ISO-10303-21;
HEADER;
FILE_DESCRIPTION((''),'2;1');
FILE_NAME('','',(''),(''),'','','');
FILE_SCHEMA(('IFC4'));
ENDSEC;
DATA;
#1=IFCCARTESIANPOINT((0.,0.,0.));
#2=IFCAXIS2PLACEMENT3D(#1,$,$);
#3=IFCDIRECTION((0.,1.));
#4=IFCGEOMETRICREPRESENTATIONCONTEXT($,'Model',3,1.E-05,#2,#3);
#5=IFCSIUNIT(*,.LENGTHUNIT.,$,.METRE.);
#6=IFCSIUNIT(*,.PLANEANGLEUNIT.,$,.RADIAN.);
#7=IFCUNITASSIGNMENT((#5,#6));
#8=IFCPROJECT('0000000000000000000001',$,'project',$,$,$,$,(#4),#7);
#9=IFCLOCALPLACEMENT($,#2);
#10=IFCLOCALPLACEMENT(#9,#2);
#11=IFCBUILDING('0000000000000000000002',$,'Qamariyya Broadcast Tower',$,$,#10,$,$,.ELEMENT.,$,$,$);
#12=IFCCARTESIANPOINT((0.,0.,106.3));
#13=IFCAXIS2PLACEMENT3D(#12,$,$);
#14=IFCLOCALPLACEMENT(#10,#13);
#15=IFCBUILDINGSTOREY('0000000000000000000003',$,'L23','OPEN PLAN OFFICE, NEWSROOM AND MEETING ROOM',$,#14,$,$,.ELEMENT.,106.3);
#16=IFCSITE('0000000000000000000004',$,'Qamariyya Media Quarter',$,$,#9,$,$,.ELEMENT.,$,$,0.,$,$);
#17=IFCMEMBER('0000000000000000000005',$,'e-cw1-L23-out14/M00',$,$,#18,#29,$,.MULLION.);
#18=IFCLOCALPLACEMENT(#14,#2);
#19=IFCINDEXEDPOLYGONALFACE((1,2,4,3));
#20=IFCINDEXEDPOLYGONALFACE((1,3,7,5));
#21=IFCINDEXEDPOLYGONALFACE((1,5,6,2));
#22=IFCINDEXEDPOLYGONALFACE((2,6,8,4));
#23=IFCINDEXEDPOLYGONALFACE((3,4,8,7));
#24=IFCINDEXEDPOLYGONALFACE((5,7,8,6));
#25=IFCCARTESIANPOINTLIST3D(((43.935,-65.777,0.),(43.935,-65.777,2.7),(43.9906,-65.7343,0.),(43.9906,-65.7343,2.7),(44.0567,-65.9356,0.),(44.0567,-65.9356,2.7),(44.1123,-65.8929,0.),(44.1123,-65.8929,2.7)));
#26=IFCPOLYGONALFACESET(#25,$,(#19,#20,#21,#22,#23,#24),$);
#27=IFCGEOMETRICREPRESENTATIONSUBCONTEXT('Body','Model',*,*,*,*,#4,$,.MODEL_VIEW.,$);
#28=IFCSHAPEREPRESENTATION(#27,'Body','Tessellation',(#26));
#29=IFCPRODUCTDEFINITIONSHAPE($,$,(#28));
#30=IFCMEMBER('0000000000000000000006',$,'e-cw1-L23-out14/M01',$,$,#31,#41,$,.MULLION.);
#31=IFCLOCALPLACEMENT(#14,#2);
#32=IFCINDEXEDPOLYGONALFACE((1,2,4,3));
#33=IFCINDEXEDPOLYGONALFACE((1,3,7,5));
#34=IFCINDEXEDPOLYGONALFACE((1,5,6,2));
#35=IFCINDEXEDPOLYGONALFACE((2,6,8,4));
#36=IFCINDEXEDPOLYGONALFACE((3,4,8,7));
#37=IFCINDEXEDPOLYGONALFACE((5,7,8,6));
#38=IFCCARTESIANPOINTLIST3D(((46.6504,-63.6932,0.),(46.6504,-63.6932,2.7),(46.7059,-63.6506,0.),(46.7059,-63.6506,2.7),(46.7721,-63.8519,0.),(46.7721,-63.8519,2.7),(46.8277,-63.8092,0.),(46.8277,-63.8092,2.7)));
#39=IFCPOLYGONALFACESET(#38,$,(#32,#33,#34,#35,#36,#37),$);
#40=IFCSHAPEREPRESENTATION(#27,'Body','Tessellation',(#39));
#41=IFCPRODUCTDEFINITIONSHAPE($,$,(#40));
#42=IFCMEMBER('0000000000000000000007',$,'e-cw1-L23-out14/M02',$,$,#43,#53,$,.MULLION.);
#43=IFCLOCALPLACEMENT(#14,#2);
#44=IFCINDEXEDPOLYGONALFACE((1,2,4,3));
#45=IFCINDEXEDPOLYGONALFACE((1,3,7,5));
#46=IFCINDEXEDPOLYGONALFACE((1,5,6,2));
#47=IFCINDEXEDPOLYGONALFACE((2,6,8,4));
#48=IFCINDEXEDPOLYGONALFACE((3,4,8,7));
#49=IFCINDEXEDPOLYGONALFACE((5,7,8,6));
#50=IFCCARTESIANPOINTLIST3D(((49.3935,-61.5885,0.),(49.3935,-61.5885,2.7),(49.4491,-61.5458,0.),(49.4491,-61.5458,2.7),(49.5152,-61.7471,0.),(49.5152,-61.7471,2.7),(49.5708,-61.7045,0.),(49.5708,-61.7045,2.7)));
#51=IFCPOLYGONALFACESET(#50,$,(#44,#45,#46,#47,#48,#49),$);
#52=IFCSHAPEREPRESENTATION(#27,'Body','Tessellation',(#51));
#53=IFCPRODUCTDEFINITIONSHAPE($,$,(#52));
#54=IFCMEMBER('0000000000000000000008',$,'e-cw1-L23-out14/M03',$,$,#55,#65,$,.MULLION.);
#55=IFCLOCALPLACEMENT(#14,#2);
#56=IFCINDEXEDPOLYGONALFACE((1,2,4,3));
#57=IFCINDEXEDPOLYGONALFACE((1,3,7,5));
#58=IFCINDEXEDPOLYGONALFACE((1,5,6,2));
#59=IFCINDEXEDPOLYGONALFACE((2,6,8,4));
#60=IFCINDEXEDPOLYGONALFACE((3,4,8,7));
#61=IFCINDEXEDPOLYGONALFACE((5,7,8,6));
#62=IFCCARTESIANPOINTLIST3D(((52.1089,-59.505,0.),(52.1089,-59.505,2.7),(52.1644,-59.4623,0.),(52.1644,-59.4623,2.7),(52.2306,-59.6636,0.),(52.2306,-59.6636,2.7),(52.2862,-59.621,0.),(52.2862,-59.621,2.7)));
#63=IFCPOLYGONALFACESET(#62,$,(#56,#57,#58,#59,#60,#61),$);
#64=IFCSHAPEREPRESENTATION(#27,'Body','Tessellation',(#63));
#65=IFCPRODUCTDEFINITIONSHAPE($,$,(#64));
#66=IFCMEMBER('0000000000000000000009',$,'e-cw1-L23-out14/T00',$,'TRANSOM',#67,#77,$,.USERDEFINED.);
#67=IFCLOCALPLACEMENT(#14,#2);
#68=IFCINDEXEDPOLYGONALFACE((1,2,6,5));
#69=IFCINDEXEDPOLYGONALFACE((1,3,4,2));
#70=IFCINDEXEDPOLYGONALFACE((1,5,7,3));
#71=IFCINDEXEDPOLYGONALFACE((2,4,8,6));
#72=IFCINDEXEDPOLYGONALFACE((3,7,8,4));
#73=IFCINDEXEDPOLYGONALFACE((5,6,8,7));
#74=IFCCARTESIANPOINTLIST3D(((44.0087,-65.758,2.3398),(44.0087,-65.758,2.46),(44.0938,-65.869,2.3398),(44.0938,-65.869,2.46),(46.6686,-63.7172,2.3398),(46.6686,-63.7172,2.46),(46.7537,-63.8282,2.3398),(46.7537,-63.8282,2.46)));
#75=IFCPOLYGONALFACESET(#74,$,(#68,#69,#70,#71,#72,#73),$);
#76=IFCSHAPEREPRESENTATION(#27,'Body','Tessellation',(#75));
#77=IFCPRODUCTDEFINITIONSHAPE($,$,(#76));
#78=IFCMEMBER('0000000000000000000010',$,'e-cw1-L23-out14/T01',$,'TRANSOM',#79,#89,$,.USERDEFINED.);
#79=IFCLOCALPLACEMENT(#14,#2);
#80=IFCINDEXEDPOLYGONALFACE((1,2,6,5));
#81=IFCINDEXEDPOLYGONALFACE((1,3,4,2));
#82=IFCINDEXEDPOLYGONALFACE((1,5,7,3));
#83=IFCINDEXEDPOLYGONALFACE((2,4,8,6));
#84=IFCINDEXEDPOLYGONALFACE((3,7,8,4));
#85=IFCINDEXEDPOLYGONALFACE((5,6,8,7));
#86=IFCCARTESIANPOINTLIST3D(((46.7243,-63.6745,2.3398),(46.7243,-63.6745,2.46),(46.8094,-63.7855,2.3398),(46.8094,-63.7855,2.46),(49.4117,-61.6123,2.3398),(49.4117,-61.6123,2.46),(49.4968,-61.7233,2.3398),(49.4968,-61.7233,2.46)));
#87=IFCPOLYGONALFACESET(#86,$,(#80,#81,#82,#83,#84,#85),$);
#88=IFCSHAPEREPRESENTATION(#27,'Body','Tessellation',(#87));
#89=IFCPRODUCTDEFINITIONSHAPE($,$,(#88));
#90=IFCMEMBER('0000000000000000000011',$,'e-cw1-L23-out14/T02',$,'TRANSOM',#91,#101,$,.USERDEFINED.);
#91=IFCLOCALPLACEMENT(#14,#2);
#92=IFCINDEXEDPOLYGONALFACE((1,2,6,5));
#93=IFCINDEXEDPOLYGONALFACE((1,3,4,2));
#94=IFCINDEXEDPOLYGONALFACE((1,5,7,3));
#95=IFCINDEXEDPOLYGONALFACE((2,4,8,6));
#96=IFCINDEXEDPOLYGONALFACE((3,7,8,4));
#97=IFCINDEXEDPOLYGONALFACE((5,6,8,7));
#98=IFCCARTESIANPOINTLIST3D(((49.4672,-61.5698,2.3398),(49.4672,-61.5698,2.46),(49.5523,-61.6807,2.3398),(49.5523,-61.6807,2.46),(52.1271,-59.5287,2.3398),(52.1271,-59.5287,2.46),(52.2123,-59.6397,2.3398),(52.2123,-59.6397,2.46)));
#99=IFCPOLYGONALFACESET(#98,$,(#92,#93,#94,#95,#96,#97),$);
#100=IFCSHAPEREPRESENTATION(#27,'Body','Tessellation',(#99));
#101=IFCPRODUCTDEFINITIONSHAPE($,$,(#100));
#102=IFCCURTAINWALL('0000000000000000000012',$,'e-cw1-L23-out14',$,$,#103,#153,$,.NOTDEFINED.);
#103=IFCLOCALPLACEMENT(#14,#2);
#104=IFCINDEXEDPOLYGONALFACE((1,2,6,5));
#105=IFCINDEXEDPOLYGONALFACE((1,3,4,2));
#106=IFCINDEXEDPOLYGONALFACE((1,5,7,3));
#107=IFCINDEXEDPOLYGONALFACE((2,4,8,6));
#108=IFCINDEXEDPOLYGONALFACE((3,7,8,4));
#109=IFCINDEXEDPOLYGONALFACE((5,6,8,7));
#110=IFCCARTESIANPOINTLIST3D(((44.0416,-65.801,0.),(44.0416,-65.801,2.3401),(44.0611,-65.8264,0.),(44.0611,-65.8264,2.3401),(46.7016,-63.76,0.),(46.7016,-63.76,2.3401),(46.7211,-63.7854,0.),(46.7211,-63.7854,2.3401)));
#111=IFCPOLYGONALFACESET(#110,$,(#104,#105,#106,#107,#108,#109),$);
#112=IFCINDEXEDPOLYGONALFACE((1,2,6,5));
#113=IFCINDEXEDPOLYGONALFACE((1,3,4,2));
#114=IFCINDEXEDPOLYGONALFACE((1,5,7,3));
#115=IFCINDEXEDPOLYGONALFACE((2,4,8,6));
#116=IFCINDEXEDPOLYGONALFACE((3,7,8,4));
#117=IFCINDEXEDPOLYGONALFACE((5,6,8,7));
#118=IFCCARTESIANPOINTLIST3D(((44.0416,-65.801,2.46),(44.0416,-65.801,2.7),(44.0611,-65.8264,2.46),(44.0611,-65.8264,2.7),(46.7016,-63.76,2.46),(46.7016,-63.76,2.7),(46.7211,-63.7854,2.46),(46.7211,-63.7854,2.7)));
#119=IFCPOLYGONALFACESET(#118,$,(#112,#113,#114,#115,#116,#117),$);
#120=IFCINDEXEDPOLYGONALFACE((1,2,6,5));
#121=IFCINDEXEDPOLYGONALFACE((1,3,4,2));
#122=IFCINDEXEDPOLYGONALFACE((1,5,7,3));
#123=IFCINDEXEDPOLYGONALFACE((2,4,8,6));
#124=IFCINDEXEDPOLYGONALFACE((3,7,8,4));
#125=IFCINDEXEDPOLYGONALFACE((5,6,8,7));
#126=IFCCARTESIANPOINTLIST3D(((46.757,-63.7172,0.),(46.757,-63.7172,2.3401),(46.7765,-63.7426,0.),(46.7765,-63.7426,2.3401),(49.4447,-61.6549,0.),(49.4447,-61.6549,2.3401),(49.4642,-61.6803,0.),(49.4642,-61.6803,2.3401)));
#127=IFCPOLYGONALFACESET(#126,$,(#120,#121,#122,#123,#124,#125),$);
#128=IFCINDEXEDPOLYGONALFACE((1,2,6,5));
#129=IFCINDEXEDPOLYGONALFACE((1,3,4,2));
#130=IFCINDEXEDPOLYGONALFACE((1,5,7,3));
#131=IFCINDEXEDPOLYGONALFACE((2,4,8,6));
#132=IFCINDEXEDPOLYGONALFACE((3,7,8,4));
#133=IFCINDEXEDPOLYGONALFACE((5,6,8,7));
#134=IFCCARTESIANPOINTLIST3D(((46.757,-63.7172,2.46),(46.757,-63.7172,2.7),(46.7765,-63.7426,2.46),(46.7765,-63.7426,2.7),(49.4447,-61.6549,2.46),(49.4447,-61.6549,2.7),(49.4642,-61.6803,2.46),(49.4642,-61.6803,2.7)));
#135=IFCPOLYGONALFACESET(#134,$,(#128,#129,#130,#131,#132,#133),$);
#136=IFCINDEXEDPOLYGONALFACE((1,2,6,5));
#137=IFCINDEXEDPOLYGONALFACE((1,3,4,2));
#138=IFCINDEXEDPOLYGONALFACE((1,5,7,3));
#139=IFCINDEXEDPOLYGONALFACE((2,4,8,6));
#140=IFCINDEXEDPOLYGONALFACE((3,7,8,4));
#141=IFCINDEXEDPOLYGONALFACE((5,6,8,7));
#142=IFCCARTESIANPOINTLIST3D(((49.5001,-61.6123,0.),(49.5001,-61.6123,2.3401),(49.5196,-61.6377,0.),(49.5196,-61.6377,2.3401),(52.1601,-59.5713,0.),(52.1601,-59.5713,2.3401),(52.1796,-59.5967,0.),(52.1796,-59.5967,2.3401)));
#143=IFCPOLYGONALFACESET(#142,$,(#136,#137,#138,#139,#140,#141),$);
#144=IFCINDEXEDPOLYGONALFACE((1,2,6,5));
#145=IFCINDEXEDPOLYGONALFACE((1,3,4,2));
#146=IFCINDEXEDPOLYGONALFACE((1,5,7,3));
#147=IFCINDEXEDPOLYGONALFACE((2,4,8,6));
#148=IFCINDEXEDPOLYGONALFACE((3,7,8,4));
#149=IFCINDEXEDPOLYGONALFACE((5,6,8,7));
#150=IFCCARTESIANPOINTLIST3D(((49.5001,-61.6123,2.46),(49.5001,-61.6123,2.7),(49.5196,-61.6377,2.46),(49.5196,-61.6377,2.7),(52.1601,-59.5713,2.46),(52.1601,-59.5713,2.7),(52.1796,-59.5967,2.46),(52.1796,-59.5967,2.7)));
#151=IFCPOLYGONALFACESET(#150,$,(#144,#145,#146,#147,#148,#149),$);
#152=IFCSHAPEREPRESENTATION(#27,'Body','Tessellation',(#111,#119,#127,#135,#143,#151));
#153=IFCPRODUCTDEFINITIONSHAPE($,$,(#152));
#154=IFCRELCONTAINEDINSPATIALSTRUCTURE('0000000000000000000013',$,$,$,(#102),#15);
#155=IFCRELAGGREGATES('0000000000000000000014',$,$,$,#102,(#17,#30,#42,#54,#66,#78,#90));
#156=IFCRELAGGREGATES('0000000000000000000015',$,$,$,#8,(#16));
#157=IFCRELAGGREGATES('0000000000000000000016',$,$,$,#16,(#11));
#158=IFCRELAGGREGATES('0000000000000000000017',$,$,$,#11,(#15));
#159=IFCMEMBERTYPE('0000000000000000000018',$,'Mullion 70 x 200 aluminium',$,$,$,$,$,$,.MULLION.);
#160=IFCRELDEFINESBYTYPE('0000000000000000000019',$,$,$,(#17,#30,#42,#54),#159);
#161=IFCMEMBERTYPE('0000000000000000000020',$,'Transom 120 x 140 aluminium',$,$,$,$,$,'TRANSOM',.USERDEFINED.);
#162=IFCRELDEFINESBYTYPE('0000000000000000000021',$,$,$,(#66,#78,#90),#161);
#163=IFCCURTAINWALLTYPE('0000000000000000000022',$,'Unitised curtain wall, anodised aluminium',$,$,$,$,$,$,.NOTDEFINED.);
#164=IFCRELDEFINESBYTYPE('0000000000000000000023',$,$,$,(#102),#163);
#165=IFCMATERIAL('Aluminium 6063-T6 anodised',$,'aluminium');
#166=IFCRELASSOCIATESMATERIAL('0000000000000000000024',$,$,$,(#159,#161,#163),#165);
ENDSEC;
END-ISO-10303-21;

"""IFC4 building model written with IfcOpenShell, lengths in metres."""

from ifc_helpers import new_model, si_unit, direction, frame, origin, origin_2d, place, context, subcontext, project, spatial, rectangle, extrude, material, material_profile, profile_set, type_object, element, aggregate, save


model = new_model("IFC4")

# Units and contexts
model_context = context("Model", 3, precision=1e-05, world=origin(), true_north=direction((0.0, 1.0)))
body_context = subcontext(model_context, "Body", "Model", "MODEL_VIEW")
ifc_project = project(units=[si_unit("LENGTHUNIT", "METRE"), si_unit("PLANEANGLEUNIT", "RADIAN")], contexts=[model_context])

# Members
ifc_material = material(Name="Aluminium 6063-T6 anodised", Category="aluminium")
ifc_material_profile_1 = material_profile(ifc_material, rectangle(XDim=0.2, YDim=0.0701, at=origin_2d()))
ifc_profile_set_1 = profile_set([ifc_material_profile_1], Name="Aluminium 6063-T6 anodised")
member_type_1 = type_object("IfcMemberType", Name="Mullion 70 x 200 aluminium", PredefinedType="MULLION", material=ifc_profile_set_1)
site_placement = place(None, origin())
building_placement = place(site_placement, origin())
storey_placement = place(building_placement, frame((0.0, 0.0, 106.3)))
member_1_placement = place(storey_placement, frame((44.0237, -65.835, 0.0), z_axis=(0.0, 0.0, 1.0), x_axis=(-0.608761, 0.793353, 0.0)))
member_1 = element("IfcMember", 1, at=member_1_placement, type_object=member_type_1, Name="e-cw1-L23-out14/M00", PredefinedType="MULLION", context=body_context, shape_type="SweptSolid", body=[
    extrude(rectangle(XDim=0.2, YDim=0.0701, at=origin_2d()), origin(), (0.0, 0.0, 1.0), 2.7),
])
member_2_placement = place(storey_placement, frame((46.739, -63.7512, 0.0), z_axis=(0.0, 0.0, 1.0), x_axis=(-0.608761, 0.793353, 0.0)))
member_2 = element("IfcMember", 2, at=member_2_placement, type_object=member_type_1, Name="e-cw1-L23-out14/M01", PredefinedType="MULLION", context=body_context, shape_type="SweptSolid", body=[
    extrude(rectangle(XDim=0.2, YDim=0.0701, at=origin_2d()), origin(), (0.0, 0.0, 1.0), 2.7),
])
member_3_placement = place(storey_placement, frame((49.4822, -61.6465, 0.0), z_axis=(0.0, 0.0, 1.0), x_axis=(-0.608761, 0.793353, 0.0)))
member_3 = element("IfcMember", 3, at=member_3_placement, type_object=member_type_1, Name="e-cw1-L23-out14/M02", PredefinedType="MULLION", context=body_context, shape_type="SweptSolid", body=[
    extrude(rectangle(XDim=0.2, YDim=0.0701, at=origin_2d()), origin(), (0.0, 0.0, 1.0), 2.7),
])
member_4_placement = place(storey_placement, frame((52.1975, -59.563, 0.0), z_axis=(0.0, 0.0, 1.0), x_axis=(-0.608761, 0.793353, 0.0)))
member_4 = element("IfcMember", 4, at=member_4_placement, type_object=member_type_1, Name="e-cw1-L23-out14/M03", PredefinedType="MULLION", context=body_context, shape_type="SweptSolid", body=[
    extrude(rectangle(XDim=0.2, YDim=0.0701, at=origin_2d()), origin(), (0.0, 0.0, 1.0), 2.7),
])
ifc_material_profile_2 = material_profile(ifc_material, rectangle(XDim=0.1399, YDim=0.1201, at=origin_2d()))
ifc_profile_set_2 = profile_set([ifc_material_profile_2], Name="Aluminium 6063-T6 anodised")
member_type_2 = type_object("IfcMemberType", Name="Transom 120 x 140 aluminium", ElementType="TRANSOM", PredefinedType="USERDEFINED", material=ifc_profile_set_2)
member_5_placement = place(storey_placement, frame((44.0513, -65.8135, 2.3999), z_axis=(0.793389, 0.608714, 0.0), x_axis=(-0.608714, 0.793389, 0.0)))
member_5 = element("IfcMember", 5, at=member_5_placement, type_object=member_type_2, Name="e-cw1-L23-out14/T00", ObjectType="TRANSOM", PredefinedType="USERDEFINED", context=body_context, shape_type="SweptSolid", body=[
    extrude(rectangle(XDim=0.1399, YDim=0.1201, at=origin_2d()), origin(), (0.0, 0.0, 1.0), 3.3525),
])
member_6_placement = place(storey_placement, frame((46.7668, -63.73, 2.3999), z_axis=(0.793344, 0.608773, 0.0), x_axis=(-0.608773, 0.793344, 0.0)))
member_6 = element("IfcMember", 6, at=member_6_placement, type_object=member_type_2, Name="e-cw1-L23-out14/T01", ObjectType="TRANSOM", PredefinedType="USERDEFINED", context=body_context, shape_type="SweptSolid", body=[
    extrude(rectangle(XDim=0.1399, YDim=0.1201, at=origin_2d()), origin(), (0.0, 0.0, 1.0), 3.3875),
])
member_7_placement = place(storey_placement, frame((49.5098, -61.6252, 2.3999), z_axis=(0.793354, 0.60876, 0.0), x_axis=(-0.60876, 0.793354, 0.0)))
member_7 = element("IfcMember", 7, at=member_7_placement, type_object=member_type_2, Name="e-cw1-L23-out14/T02", ObjectType="TRANSOM", PredefinedType="USERDEFINED", context=body_context, shape_type="SweptSolid", body=[
    extrude(rectangle(XDim=0.1399, YDim=0.1201, at=origin_2d()), origin(), (0.0, 0.0, 1.0), 3.3528),
])

# Site, building, storey
site = spatial("IfcSite", under=ifc_project, at=site_placement, Name="Qamariyya Media Quarter", CompositionType="ELEMENT", RefElevation=0.0)
building = spatial("IfcBuilding", under=site, at=building_placement, Name="Qamariyya Broadcast Tower", CompositionType="ELEMENT")
storey = spatial("IfcBuildingStorey", under=building, at=storey_placement, Name="L23", Description="OPEN PLAN OFFICE, NEWSROOM AND MEETING ROOM", CompositionType="ELEMENT", Elevation=106.3)

# Curtain wall
curtain_wall_type = type_object("IfcCurtainWallType", Name="Unitised curtain wall, anodised aluminium", PredefinedType="NOTDEFINED", material=ifc_material)
curtain_wall_1_placement = place(storey_placement, origin())
curtain_wall_1 = element("IfcCurtainWall", 8, at=curtain_wall_1_placement, inside=storey, type_object=curtain_wall_type, Name="e-cw1-L23-out14", PredefinedType="NOTDEFINED", context=body_context, shape_type="SweptSolid", body=[
    extrude(rectangle(XDim=3.3528, YDim=0.032, at=origin_2d()), frame((45.3813, -64.7932, 0.0), x_axis=(0.793354, 0.608761, 0.0)), (0.0, 0.0, 1.0), 2.3401),
    extrude(rectangle(XDim=3.3528, YDim=0.032, at=origin_2d()), frame((45.3813, -64.7932, 2.46), x_axis=(0.793354, 0.608761, 0.0)), (0.0, 0.0, 1.0), 0.24),
    extrude(rectangle(XDim=3.3877, YDim=0.032, at=origin_2d()), frame((48.1106, -62.6987, 0.0), x_axis=(0.793354, 0.608761, 0.0)), (0.0, 0.0, 1.0), 2.3401),
    extrude(rectangle(XDim=3.3877, YDim=0.032, at=origin_2d()), frame((48.1106, -62.6987, 2.46), x_axis=(0.793354, 0.608761, 0.0)), (0.0, 0.0, 1.0), 0.24),
    extrude(rectangle(XDim=3.3528, YDim=0.032, at=origin_2d()), frame((50.8398, -60.6045, 0.0), x_axis=(0.793354, 0.608761, 0.0)), (0.0, 0.0, 1.0), 2.3401),
    extrude(rectangle(XDim=3.3528, YDim=0.032, at=origin_2d()), frame((50.8398, -60.6045, 2.46), x_axis=(0.793354, 0.608761, 0.0)), (0.0, 0.0, 1.0), 0.24),
])
aggregate(curtain_wall_1, [member_1, member_2, member_3, member_4, member_5, member_6, member_7])

save(model, "model.ifc")
